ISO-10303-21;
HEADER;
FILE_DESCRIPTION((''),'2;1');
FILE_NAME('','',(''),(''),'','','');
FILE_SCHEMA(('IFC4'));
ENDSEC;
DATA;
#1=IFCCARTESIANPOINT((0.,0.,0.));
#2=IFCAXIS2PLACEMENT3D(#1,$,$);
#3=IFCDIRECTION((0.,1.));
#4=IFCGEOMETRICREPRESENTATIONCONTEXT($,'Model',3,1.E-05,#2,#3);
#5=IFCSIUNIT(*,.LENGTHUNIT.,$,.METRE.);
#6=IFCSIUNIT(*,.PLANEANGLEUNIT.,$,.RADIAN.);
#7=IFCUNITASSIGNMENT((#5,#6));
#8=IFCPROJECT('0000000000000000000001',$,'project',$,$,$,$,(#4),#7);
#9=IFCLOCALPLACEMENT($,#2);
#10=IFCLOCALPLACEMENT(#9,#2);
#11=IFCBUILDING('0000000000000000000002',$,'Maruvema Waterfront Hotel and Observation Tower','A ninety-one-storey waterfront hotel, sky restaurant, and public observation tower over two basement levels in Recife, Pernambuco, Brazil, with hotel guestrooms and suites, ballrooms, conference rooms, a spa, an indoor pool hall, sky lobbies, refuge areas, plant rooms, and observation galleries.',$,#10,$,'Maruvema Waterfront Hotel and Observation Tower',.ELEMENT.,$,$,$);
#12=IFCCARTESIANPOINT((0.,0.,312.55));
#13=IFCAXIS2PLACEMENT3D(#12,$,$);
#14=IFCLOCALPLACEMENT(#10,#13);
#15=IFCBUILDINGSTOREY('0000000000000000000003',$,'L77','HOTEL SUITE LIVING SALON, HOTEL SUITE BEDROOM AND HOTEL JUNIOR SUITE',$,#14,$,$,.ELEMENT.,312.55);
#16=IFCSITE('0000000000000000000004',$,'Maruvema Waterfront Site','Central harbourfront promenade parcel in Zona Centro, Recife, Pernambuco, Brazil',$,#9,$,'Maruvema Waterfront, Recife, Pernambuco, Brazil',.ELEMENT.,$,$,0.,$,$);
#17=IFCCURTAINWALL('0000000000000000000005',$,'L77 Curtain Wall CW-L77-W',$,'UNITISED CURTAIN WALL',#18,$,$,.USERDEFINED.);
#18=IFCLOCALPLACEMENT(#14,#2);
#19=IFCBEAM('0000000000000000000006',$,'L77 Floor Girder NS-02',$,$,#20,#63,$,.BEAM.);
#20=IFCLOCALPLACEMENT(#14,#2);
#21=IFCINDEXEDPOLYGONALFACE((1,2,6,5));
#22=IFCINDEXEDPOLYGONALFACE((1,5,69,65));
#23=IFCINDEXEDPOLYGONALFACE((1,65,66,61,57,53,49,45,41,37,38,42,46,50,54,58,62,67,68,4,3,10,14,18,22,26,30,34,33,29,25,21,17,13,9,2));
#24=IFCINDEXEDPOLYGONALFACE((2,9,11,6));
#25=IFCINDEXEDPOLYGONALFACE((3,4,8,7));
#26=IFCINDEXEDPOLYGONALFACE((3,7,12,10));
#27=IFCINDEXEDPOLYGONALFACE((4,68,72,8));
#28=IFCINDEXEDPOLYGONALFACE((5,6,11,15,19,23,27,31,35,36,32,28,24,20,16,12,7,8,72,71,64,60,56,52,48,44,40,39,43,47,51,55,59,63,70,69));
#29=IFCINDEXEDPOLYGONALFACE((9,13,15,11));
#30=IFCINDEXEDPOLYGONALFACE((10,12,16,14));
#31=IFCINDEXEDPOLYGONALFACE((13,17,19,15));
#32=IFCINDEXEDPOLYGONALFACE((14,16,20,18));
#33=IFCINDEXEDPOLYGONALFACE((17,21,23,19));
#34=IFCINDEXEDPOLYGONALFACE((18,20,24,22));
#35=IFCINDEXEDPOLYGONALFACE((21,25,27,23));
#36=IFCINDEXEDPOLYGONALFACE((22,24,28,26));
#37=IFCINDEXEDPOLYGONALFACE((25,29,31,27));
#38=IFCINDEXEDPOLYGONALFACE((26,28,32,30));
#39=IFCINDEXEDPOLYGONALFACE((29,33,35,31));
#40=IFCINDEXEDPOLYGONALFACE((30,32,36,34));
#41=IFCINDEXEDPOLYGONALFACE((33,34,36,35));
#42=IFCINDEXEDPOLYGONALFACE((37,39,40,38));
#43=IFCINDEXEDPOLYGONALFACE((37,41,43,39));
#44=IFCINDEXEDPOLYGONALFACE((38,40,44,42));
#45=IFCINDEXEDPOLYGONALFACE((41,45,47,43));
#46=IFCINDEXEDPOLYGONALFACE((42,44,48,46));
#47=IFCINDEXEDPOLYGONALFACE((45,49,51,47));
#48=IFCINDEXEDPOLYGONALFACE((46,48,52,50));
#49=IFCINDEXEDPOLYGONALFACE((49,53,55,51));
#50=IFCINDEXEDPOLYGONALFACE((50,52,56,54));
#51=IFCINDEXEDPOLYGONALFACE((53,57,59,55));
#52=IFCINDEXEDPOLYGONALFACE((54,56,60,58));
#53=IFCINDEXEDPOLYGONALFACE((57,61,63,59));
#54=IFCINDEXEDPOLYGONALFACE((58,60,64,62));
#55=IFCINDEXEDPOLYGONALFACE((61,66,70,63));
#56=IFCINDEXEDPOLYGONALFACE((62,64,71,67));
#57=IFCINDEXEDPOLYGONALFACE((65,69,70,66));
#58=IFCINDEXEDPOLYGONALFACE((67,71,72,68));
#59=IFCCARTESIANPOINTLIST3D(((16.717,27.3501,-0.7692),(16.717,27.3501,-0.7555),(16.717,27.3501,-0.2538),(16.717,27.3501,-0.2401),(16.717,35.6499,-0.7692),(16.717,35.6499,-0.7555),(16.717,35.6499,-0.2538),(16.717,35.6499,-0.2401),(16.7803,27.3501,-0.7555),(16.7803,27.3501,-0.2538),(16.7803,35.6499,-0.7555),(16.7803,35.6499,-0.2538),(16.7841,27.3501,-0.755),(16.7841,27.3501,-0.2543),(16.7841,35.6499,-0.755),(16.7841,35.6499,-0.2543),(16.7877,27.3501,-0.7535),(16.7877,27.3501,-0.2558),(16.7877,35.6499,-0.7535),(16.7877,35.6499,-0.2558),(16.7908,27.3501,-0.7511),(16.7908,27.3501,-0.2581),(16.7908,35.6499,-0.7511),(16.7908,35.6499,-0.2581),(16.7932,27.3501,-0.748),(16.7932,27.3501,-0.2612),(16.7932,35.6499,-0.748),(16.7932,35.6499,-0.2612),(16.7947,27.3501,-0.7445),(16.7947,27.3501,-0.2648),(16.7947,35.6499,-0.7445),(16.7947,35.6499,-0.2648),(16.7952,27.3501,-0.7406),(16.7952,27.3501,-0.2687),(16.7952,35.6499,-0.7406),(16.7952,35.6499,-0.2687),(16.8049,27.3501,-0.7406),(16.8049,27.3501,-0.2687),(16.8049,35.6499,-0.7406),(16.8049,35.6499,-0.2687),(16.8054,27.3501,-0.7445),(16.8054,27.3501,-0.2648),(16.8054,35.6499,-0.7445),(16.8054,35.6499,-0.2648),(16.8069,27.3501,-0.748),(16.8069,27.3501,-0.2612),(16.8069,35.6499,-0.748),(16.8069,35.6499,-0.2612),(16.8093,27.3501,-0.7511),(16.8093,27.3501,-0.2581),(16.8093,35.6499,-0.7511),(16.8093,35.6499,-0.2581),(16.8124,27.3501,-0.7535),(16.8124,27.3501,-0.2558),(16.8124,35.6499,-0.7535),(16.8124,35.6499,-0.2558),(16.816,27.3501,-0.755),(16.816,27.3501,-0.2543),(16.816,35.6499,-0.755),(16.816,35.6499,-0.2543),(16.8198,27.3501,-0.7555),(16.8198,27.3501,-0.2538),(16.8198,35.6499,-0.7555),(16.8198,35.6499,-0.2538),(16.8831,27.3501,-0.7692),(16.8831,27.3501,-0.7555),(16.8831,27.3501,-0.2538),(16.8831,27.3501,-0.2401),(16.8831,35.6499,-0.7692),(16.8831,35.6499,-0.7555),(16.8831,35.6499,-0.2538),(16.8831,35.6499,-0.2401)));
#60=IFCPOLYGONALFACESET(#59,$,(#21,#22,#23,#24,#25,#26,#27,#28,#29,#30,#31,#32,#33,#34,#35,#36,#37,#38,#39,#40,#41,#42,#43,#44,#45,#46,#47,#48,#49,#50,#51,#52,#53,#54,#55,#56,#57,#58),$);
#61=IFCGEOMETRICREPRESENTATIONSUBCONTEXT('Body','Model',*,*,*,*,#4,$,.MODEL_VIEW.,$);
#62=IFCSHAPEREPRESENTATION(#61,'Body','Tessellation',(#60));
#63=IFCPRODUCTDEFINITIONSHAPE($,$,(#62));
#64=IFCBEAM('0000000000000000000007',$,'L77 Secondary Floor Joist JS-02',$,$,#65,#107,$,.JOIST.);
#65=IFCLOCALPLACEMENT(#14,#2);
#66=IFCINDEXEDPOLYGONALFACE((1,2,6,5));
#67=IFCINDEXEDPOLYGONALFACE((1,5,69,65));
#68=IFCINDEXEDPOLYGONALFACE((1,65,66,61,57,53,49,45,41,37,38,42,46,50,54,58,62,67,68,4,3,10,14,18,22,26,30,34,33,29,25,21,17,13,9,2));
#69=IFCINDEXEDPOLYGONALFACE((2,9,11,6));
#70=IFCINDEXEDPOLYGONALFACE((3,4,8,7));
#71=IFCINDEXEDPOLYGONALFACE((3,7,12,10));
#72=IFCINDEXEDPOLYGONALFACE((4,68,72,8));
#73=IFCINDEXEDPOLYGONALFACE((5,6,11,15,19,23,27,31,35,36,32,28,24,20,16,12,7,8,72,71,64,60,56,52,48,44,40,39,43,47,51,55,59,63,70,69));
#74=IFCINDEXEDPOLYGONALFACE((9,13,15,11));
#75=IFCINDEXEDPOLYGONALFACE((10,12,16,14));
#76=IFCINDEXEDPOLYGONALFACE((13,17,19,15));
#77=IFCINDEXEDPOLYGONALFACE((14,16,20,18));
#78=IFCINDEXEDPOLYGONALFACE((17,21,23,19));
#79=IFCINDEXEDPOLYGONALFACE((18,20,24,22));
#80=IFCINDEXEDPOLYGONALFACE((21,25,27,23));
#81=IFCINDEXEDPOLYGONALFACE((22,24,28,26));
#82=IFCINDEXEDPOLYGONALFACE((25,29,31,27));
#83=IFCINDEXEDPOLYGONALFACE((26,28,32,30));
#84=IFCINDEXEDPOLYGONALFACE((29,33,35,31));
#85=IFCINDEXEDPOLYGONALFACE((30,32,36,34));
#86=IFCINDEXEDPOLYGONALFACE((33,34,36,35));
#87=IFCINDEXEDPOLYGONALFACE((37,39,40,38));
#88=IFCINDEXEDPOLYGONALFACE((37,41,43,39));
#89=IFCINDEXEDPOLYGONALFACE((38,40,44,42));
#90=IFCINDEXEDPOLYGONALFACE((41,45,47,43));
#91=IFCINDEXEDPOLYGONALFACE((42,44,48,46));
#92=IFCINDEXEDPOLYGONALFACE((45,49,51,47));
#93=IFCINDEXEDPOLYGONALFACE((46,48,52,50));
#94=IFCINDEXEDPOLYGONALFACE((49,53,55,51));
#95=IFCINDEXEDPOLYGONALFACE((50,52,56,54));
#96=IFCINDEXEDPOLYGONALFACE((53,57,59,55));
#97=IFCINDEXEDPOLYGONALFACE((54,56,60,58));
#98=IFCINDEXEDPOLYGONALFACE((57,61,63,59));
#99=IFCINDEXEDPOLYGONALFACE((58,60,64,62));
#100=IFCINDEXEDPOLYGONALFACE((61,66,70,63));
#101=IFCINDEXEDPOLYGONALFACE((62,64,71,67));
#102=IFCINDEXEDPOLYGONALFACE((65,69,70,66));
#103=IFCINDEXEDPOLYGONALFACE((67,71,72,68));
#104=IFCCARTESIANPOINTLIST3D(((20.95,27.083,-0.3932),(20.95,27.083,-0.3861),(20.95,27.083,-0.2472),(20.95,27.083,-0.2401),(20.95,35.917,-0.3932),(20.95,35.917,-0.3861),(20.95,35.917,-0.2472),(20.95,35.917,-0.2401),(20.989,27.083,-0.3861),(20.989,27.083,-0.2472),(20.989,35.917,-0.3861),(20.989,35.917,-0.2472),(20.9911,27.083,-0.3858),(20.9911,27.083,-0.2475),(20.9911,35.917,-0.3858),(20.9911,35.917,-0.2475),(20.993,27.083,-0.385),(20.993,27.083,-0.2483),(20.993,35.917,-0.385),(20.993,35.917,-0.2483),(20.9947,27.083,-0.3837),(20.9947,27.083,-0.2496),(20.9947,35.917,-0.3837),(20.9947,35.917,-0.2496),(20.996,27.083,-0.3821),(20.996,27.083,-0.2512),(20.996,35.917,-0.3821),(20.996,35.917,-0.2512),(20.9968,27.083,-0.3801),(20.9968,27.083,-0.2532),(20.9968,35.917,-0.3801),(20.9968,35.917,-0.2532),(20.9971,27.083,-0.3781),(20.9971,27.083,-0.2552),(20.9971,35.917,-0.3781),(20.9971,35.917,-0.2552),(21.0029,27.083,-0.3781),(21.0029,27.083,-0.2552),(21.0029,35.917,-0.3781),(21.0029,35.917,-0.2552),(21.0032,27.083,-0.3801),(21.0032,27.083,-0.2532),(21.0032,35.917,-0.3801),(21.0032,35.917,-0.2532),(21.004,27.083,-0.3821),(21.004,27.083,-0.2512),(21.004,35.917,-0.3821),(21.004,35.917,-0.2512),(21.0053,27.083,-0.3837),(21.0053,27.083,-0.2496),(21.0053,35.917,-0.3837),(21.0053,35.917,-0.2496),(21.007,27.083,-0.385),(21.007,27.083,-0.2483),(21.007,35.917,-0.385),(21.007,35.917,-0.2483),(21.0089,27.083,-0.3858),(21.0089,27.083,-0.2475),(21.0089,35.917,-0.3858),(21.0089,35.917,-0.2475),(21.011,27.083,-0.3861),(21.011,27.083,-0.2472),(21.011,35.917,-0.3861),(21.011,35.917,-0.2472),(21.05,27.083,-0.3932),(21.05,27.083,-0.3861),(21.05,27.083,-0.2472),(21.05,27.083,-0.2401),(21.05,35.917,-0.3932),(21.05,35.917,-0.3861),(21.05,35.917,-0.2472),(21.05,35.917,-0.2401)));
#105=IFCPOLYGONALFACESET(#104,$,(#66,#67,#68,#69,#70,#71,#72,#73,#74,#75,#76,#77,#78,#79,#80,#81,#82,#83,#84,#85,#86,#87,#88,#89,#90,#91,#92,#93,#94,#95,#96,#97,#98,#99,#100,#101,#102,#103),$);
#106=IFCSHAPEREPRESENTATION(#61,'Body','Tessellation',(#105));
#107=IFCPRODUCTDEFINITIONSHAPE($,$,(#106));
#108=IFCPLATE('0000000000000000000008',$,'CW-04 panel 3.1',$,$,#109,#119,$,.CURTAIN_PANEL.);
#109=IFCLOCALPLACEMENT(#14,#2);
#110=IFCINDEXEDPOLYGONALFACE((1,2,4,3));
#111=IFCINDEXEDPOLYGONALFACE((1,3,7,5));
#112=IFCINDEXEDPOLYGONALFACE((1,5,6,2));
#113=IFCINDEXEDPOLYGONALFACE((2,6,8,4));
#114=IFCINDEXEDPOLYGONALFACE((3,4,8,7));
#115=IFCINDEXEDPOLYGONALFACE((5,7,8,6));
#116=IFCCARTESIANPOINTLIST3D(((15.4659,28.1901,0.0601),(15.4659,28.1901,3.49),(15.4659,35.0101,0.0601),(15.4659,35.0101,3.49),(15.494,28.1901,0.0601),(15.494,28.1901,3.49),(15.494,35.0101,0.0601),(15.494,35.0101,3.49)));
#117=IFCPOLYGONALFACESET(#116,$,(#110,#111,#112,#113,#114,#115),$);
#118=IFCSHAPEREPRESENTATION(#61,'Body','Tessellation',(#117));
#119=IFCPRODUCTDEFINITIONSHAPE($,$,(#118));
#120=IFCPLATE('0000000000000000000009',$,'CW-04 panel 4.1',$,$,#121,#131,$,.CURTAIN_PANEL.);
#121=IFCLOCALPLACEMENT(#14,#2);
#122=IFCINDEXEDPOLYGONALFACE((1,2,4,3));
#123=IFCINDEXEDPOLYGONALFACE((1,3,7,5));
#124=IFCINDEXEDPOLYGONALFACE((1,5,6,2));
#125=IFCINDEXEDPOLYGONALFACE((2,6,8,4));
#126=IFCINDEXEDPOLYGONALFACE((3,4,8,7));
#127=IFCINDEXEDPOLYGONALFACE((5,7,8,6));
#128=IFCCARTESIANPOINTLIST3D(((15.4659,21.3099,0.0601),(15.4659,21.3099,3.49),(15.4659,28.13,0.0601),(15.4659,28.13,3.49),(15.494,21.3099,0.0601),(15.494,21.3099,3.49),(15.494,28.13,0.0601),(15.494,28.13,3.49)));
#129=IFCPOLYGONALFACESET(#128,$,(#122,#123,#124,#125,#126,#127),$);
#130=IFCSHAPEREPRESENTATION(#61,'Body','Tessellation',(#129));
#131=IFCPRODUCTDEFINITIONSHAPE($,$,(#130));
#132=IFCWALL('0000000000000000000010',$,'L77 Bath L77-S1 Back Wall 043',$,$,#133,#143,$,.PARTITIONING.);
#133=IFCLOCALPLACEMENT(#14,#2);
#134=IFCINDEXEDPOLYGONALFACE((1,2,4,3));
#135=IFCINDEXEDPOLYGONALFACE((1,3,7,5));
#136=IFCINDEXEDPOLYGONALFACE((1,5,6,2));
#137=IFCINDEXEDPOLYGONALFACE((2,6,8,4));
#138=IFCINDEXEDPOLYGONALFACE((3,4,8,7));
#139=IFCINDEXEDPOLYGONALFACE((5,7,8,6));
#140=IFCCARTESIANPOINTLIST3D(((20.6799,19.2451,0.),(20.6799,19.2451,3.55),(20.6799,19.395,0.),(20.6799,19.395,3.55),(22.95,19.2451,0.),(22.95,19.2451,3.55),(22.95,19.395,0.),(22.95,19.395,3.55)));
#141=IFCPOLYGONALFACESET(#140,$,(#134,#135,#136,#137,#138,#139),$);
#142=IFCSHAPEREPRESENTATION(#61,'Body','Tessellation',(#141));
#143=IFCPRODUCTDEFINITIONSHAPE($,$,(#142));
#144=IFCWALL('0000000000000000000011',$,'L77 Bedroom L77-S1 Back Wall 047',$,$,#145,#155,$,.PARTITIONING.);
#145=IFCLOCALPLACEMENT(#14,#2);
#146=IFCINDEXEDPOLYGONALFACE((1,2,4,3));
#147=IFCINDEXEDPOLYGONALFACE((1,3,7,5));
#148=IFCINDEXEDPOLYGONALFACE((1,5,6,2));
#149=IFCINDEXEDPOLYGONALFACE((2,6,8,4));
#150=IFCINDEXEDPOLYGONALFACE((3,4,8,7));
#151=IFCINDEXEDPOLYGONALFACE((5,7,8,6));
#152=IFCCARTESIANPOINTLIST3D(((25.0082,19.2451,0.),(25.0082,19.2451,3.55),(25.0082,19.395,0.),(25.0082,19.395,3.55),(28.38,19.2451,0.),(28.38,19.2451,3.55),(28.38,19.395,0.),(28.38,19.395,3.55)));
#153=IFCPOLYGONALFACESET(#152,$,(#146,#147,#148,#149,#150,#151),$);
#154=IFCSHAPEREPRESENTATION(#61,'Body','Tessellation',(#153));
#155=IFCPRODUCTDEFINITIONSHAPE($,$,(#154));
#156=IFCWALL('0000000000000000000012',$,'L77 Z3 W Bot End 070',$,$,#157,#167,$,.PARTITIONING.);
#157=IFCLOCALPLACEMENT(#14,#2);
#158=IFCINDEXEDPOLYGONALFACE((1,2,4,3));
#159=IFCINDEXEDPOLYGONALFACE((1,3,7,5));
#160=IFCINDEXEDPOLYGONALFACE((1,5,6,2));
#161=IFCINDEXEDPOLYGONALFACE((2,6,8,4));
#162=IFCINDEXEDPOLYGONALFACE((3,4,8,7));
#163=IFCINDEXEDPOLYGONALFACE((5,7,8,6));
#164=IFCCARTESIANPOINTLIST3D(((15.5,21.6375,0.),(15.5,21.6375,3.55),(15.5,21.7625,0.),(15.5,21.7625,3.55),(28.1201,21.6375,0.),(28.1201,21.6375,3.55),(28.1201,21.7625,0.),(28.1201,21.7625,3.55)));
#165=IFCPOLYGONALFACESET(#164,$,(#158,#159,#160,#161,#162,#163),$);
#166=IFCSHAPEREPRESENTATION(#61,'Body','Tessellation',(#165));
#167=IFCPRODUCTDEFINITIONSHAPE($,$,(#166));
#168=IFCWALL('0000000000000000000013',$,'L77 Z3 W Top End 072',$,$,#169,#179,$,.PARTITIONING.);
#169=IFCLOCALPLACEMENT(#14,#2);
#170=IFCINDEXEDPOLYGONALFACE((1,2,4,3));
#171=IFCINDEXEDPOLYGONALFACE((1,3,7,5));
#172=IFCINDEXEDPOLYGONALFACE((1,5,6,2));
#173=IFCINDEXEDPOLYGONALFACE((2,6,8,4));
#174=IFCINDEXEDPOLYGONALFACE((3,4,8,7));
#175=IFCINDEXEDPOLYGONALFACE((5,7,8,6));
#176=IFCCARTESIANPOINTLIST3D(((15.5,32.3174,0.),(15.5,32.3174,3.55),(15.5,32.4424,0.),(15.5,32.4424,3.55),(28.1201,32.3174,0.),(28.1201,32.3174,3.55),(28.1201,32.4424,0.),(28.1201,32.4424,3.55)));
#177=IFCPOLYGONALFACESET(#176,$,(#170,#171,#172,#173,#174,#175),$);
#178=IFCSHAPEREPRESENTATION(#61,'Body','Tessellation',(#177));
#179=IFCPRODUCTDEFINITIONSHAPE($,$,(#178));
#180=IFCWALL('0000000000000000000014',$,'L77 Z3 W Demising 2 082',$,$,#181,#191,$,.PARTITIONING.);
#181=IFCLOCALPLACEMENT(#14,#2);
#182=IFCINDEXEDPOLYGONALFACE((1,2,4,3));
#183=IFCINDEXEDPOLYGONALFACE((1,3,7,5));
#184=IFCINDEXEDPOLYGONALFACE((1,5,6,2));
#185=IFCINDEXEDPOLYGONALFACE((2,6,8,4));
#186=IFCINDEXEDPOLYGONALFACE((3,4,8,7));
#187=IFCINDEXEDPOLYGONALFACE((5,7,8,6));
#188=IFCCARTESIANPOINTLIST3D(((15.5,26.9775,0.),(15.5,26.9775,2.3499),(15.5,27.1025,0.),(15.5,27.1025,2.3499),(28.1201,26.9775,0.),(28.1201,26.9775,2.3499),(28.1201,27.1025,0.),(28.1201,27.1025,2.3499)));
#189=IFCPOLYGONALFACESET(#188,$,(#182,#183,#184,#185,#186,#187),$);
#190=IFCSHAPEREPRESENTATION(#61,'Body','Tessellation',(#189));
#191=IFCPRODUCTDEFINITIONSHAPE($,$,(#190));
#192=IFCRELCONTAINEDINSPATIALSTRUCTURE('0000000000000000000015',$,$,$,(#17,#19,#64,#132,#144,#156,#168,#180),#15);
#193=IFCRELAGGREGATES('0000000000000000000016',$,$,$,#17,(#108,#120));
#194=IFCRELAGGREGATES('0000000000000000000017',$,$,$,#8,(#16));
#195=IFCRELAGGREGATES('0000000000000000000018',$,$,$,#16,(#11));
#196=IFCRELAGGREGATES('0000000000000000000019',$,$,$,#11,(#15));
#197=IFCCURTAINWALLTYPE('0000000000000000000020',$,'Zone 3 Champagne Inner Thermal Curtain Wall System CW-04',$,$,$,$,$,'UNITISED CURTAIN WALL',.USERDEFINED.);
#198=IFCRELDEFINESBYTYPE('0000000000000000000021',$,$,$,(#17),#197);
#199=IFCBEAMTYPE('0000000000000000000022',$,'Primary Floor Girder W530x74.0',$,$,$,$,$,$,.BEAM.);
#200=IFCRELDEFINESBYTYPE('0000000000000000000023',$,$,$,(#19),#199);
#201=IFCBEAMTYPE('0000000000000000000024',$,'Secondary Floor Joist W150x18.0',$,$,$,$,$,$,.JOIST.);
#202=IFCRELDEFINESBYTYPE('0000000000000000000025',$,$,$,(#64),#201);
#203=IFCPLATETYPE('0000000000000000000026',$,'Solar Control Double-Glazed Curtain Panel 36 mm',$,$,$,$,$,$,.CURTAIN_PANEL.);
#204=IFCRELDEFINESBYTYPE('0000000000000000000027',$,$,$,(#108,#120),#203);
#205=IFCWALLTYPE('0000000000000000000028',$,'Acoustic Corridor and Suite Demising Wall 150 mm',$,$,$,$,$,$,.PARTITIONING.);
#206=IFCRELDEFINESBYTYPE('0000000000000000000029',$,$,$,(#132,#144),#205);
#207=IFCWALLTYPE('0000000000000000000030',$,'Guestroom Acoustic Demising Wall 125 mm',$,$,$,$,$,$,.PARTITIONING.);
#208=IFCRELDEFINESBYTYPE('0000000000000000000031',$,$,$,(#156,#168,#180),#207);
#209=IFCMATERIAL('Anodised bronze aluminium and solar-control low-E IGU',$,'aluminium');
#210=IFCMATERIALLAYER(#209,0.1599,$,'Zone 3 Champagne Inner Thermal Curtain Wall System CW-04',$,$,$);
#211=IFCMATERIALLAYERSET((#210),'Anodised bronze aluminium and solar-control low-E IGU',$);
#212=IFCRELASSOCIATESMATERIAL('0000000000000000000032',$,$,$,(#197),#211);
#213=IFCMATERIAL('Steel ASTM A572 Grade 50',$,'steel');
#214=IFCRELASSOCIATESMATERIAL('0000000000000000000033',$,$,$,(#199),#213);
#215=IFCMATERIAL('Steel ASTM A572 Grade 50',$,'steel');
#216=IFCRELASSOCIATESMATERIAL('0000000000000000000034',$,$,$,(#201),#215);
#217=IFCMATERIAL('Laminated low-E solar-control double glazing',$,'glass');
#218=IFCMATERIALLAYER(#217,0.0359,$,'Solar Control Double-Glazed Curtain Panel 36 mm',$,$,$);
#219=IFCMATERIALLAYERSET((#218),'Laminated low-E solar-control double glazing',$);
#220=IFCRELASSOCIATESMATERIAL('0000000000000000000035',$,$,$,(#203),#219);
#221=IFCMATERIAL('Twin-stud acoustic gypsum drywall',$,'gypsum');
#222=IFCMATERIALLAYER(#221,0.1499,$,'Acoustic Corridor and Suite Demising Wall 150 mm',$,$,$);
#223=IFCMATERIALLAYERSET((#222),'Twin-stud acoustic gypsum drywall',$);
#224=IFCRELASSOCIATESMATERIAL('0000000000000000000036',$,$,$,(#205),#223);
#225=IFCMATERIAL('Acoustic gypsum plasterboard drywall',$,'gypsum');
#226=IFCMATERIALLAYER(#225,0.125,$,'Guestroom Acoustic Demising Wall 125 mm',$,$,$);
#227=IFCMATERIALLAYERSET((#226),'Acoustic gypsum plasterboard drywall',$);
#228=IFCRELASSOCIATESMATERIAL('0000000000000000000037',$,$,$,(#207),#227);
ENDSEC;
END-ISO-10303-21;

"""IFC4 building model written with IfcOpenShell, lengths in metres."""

from ifc_helpers import new_model, si_unit, direction, frame, frame_2d, origin, origin_2d, place, context, subcontext, project, spatial, rectangle, i_section, extrude, material, layer, layer_set, material_profile, profile_set, type_object, element, aggregate, save


model = new_model("IFC4")

# Units and contexts
model_context = context("Model", 3, precision=1e-05, world=origin(), true_north=direction((0.0, 1.0)))
body_context = subcontext(model_context, "Body", "Model", "MODEL_VIEW")
ifc_project = project(units=[si_unit("LENGTHUNIT", "METRE"), si_unit("PLANEANGLEUNIT", "RADIAN")], contexts=[model_context])

# Site, building, storey
site_placement = place(None, origin())
site = spatial("IfcSite", under=ifc_project, at=site_placement, Name="Maruvema Waterfront Site", Description="Central harbourfront promenade parcel in Zona Centro, Recife, Pernambuco, Brazil", LongName="Maruvema Waterfront, Recife, Pernambuco, Brazil", CompositionType="ELEMENT", RefElevation=0.0)
building_placement = place(site_placement, origin())
building = spatial("IfcBuilding", under=site, at=building_placement, Name="Maruvema Waterfront Hotel and Observation Tower", Description="A ninety-one-storey waterfront hotel, sky restaurant, and public observation tower over two basement levels in Recife, Pernambuco, Brazil, with hotel guestrooms and suites, ballrooms, conference rooms, a spa, an indoor pool hall, sky lobbies, refuge areas, plant rooms, and observation galleries.", LongName="Maruvema Waterfront Hotel and Observation Tower", CompositionType="ELEMENT")
storey_placement = place(building_placement, frame((0.0, 0.0, 312.55)))
storey = spatial("IfcBuildingStorey", under=building, at=storey_placement, Name="L77", Description="HOTEL SUITE LIVING SALON, HOTEL SUITE BEDROOM AND HOTEL JUNIOR SUITE", CompositionType="ELEMENT", Elevation=312.55)

# Curtain wall
ifc_material_1 = material(Name="Anodised bronze aluminium and solar-control low-E IGU", Category="aluminium")
ifc_layer_1 = layer(ifc_material_1, 0.1599, Name="Zone 3 Champagne Inner Thermal Curtain Wall System CW-04")
ifc_layer_set_1 = layer_set([ifc_layer_1], Name="Anodised bronze aluminium and solar-control low-E IGU")
curtain_wall_type = type_object("IfcCurtainWallType", Name="Zone 3 Champagne Inner Thermal Curtain Wall System CW-04", ElementType="UNITISED CURTAIN WALL", PredefinedType="USERDEFINED", material=ifc_layer_set_1)
curtain_wall_placement = place(storey_placement, origin())
curtain_wall = element("IfcCurtainWall", 1, at=curtain_wall_placement, inside=storey, type_object=curtain_wall_type, Name="L77 Curtain Wall CW-L77-W", ObjectType="UNITISED CURTAIN WALL", PredefinedType="USERDEFINED")

# Beams
ifc_material_2 = material(Name="Steel ASTM A572 Grade 50", Category="steel")
ifc_material_profile_1 = material_profile(ifc_material_2, i_section(OverallWidth=0.166, OverallDepth=0.5291, WebThickness=0.0098, FlangeThickness=0.0137, FilletRadius=0.0149, at=origin_2d()), Name="W530x74.0")
ifc_profile_set_1 = profile_set([ifc_material_profile_1], Name="Steel ASTM A572 Grade 50")
beam_type_1 = type_object("IfcBeamType", Name="Primary Floor Girder W530x74.0", PredefinedType="BEAM", material=ifc_profile_set_1)
beam_1_placement = place(storey_placement, frame((16.8, 27.3501, -0.5046), z_axis=(0.0, 1.0, 0.0), x_axis=(-1.0, 0.0, 0.0)))
element("IfcBeam", 2, at=beam_1_placement, inside=storey, type_object=beam_type_1, Name="L77 Floor Girder NS-02", PredefinedType="BEAM", context=body_context, shape_type="SweptSolid", body=[
    extrude(i_section(OverallWidth=0.166, OverallDepth=0.5291, WebThickness=0.0098, FlangeThickness=0.0137, FilletRadius=0.0149, at=origin_2d()), origin(), (0.0, 0.0, 1.0), 8.2998),
])
ifc_material_3 = material(Name="Steel ASTM A572 Grade 50", Category="steel")
ifc_material_profile_2 = material_profile(ifc_material_3, i_section(OverallWidth=0.1001, OverallDepth=0.1531, WebThickness=0.0059, FlangeThickness=0.0071, FilletRadius=0.0081, at=origin_2d()), Name="W150x18.0")
ifc_profile_set_2 = profile_set([ifc_material_profile_2], Name="Steel ASTM A572 Grade 50")
beam_type_2 = type_object("IfcBeamType", Name="Secondary Floor Joist W150x18.0", PredefinedType="JOIST", material=ifc_profile_set_2)
beam_2_placement = place(storey_placement, frame((21.0, 27.083, -0.3167), z_axis=(0.0, 1.0, 0.0), x_axis=(-1.0, 0.0, 0.0)))
element("IfcBeam", 3, at=beam_2_placement, inside=storey, type_object=beam_type_2, Name="L77 Secondary Floor Joist JS-02", PredefinedType="JOIST", context=body_context, shape_type="SweptSolid", body=[
    extrude(i_section(OverallWidth=0.1001, OverallDepth=0.1531, WebThickness=0.0059, FlangeThickness=0.0071, FilletRadius=0.0081, at=origin_2d()), origin(), (0.0, 0.0, 1.0), 8.834),
])

# Plates
ifc_material_4 = material(Name="Laminated low-E solar-control double glazing", Category="glass")
ifc_layer_2 = layer(ifc_material_4, 0.0359, Name="Solar Control Double-Glazed Curtain Panel 36 mm")
ifc_layer_set_2 = layer_set([ifc_layer_2], Name="Laminated low-E solar-control double glazing")
plate_type = type_object("IfcPlateType", Name="Solar Control Double-Glazed Curtain Panel 36 mm", PredefinedType="CURTAIN_PANEL", material=ifc_layer_set_2)
plate_1_placement = place(storey_placement, frame((15.48, 31.6001, 0.0601), z_axis=(0.0, 0.0, 1.0), x_axis=(0.0, -1.0, 0.0)))
plate_1 = element("IfcPlate", 4, at=plate_1_placement, type_object=plate_type, Name="CW-04 panel 3.1", PredefinedType="CURTAIN_PANEL", context=body_context, shape_type="SweptSolid", body=[
    extrude(rectangle(XDim=6.8201, YDim=0.0281, at=origin_2d()), origin(), (0.0, 0.0, 1.0), 3.4299),
])
plate_2_placement = place(storey_placement, frame((15.48, 24.72, 0.0601), z_axis=(0.0, 0.0, 1.0), x_axis=(0.0, -1.0, 0.0)))
plate_2 = element("IfcPlate", 5, at=plate_2_placement, type_object=plate_type, Name="CW-04 panel 4.1", PredefinedType="CURTAIN_PANEL", context=body_context, shape_type="SweptSolid", body=[
    extrude(rectangle(XDim=6.8201, YDim=0.0281, at=origin_2d()), origin(), (0.0, 0.0, 1.0), 3.4299),
])
aggregate(curtain_wall, [plate_1, plate_2])

# Wall
ifc_material_5 = material(Name="Twin-stud acoustic gypsum drywall", Category="gypsum")
ifc_layer_3 = layer(ifc_material_5, 0.1499, Name="Acoustic Corridor and Suite Demising Wall 150 mm")
ifc_layer_set_3 = layer_set([ifc_layer_3], Name="Twin-stud acoustic gypsum drywall")
wall_type_1 = type_object("IfcWallType", Name="Acoustic Corridor and Suite Demising Wall 150 mm", PredefinedType="PARTITIONING", material=ifc_layer_set_3)
wall_1_placement = place(storey_placement, frame((20.6799, 19.3201, 0.0), z_axis=(0.0, 0.0, 1.0), x_axis=(1.0, 0.0, 0.0)))
element("IfcWall", 6, at=wall_1_placement, inside=storey, type_object=wall_type_1, Name="L77 Bath L77-S1 Back Wall 043", PredefinedType="PARTITIONING", context=body_context, shape_type="SweptSolid", body=[
    extrude(rectangle(XDim=2.27, YDim=0.1499, at=frame_2d((1.135, 0.0))), origin(), (0.0, 0.0, 1.0), 3.55),
])

# Walls
wall_2_placement = place(storey_placement, frame((25.0081, 19.3201, 0.0), z_axis=(0.0, 0.0, 1.0), x_axis=(1.0, 0.0, 0.0)))
element("IfcWall", 7, at=wall_2_placement, inside=storey, type_object=wall_type_1, Name="L77 Bedroom L77-S1 Back Wall 047", PredefinedType="PARTITIONING", context=body_context, shape_type="SweptSolid", body=[
    extrude(rectangle(XDim=3.3718, YDim=0.1499, at=frame_2d((1.686, 0.0))), origin(), (0.0, 0.0, 1.0), 3.55),
])
ifc_material_6 = material(Name="Acoustic gypsum plasterboard drywall", Category="gypsum")
ifc_layer_4 = layer(ifc_material_6, 0.125, Name="Guestroom Acoustic Demising Wall 125 mm")
ifc_layer_set_4 = layer_set([ifc_layer_4], Name="Acoustic gypsum plasterboard drywall")
wall_type_2 = type_object("IfcWallType", Name="Guestroom Acoustic Demising Wall 125 mm", PredefinedType="PARTITIONING", material=ifc_layer_set_4)
for number, where, z_axis, x_axis, name in (
    (8, (15.5, 21.7, 0.0), (0.0, 0.0, 1.0), (1.0, 0.0, 0.0), "L77 Z3 W Bot End 070"),
    (9, (15.5, 32.3799, 0.0), (0.0, 0.0, 1.0), (1.0, 0.0, 0.0), "L77 Z3 W Top End 072"),
):
    element("IfcWall", number, at=place(storey_placement, frame(where, z_axis=z_axis, x_axis=x_axis)), inside=storey, type_object=wall_type_2, Name=name, PredefinedType="PARTITIONING", context=body_context, shape_type="SweptSolid", body=[
        extrude(rectangle(XDim=12.6201, YDim=0.125, at=frame_2d((6.3101, 0.0))), origin(), (0.0, 0.0, 1.0), 3.55),
    ])
wall_3_placement = place(storey_placement, frame((15.5, 27.04, 0.0), z_axis=(0.0, 0.0, 1.0), x_axis=(1.0, 0.0, 0.0)))
element("IfcWall", 10, at=wall_3_placement, inside=storey, type_object=wall_type_2, Name="L77 Z3 W Demising 2 082", PredefinedType="PARTITIONING", context=body_context, shape_type="SweptSolid", body=[
    extrude(rectangle(XDim=12.6201, YDim=0.125, at=frame_2d((6.3101, 0.0))), origin(), (0.0, 0.0, 1.0), 2.3499),
])

save(model, "model.ifc")
